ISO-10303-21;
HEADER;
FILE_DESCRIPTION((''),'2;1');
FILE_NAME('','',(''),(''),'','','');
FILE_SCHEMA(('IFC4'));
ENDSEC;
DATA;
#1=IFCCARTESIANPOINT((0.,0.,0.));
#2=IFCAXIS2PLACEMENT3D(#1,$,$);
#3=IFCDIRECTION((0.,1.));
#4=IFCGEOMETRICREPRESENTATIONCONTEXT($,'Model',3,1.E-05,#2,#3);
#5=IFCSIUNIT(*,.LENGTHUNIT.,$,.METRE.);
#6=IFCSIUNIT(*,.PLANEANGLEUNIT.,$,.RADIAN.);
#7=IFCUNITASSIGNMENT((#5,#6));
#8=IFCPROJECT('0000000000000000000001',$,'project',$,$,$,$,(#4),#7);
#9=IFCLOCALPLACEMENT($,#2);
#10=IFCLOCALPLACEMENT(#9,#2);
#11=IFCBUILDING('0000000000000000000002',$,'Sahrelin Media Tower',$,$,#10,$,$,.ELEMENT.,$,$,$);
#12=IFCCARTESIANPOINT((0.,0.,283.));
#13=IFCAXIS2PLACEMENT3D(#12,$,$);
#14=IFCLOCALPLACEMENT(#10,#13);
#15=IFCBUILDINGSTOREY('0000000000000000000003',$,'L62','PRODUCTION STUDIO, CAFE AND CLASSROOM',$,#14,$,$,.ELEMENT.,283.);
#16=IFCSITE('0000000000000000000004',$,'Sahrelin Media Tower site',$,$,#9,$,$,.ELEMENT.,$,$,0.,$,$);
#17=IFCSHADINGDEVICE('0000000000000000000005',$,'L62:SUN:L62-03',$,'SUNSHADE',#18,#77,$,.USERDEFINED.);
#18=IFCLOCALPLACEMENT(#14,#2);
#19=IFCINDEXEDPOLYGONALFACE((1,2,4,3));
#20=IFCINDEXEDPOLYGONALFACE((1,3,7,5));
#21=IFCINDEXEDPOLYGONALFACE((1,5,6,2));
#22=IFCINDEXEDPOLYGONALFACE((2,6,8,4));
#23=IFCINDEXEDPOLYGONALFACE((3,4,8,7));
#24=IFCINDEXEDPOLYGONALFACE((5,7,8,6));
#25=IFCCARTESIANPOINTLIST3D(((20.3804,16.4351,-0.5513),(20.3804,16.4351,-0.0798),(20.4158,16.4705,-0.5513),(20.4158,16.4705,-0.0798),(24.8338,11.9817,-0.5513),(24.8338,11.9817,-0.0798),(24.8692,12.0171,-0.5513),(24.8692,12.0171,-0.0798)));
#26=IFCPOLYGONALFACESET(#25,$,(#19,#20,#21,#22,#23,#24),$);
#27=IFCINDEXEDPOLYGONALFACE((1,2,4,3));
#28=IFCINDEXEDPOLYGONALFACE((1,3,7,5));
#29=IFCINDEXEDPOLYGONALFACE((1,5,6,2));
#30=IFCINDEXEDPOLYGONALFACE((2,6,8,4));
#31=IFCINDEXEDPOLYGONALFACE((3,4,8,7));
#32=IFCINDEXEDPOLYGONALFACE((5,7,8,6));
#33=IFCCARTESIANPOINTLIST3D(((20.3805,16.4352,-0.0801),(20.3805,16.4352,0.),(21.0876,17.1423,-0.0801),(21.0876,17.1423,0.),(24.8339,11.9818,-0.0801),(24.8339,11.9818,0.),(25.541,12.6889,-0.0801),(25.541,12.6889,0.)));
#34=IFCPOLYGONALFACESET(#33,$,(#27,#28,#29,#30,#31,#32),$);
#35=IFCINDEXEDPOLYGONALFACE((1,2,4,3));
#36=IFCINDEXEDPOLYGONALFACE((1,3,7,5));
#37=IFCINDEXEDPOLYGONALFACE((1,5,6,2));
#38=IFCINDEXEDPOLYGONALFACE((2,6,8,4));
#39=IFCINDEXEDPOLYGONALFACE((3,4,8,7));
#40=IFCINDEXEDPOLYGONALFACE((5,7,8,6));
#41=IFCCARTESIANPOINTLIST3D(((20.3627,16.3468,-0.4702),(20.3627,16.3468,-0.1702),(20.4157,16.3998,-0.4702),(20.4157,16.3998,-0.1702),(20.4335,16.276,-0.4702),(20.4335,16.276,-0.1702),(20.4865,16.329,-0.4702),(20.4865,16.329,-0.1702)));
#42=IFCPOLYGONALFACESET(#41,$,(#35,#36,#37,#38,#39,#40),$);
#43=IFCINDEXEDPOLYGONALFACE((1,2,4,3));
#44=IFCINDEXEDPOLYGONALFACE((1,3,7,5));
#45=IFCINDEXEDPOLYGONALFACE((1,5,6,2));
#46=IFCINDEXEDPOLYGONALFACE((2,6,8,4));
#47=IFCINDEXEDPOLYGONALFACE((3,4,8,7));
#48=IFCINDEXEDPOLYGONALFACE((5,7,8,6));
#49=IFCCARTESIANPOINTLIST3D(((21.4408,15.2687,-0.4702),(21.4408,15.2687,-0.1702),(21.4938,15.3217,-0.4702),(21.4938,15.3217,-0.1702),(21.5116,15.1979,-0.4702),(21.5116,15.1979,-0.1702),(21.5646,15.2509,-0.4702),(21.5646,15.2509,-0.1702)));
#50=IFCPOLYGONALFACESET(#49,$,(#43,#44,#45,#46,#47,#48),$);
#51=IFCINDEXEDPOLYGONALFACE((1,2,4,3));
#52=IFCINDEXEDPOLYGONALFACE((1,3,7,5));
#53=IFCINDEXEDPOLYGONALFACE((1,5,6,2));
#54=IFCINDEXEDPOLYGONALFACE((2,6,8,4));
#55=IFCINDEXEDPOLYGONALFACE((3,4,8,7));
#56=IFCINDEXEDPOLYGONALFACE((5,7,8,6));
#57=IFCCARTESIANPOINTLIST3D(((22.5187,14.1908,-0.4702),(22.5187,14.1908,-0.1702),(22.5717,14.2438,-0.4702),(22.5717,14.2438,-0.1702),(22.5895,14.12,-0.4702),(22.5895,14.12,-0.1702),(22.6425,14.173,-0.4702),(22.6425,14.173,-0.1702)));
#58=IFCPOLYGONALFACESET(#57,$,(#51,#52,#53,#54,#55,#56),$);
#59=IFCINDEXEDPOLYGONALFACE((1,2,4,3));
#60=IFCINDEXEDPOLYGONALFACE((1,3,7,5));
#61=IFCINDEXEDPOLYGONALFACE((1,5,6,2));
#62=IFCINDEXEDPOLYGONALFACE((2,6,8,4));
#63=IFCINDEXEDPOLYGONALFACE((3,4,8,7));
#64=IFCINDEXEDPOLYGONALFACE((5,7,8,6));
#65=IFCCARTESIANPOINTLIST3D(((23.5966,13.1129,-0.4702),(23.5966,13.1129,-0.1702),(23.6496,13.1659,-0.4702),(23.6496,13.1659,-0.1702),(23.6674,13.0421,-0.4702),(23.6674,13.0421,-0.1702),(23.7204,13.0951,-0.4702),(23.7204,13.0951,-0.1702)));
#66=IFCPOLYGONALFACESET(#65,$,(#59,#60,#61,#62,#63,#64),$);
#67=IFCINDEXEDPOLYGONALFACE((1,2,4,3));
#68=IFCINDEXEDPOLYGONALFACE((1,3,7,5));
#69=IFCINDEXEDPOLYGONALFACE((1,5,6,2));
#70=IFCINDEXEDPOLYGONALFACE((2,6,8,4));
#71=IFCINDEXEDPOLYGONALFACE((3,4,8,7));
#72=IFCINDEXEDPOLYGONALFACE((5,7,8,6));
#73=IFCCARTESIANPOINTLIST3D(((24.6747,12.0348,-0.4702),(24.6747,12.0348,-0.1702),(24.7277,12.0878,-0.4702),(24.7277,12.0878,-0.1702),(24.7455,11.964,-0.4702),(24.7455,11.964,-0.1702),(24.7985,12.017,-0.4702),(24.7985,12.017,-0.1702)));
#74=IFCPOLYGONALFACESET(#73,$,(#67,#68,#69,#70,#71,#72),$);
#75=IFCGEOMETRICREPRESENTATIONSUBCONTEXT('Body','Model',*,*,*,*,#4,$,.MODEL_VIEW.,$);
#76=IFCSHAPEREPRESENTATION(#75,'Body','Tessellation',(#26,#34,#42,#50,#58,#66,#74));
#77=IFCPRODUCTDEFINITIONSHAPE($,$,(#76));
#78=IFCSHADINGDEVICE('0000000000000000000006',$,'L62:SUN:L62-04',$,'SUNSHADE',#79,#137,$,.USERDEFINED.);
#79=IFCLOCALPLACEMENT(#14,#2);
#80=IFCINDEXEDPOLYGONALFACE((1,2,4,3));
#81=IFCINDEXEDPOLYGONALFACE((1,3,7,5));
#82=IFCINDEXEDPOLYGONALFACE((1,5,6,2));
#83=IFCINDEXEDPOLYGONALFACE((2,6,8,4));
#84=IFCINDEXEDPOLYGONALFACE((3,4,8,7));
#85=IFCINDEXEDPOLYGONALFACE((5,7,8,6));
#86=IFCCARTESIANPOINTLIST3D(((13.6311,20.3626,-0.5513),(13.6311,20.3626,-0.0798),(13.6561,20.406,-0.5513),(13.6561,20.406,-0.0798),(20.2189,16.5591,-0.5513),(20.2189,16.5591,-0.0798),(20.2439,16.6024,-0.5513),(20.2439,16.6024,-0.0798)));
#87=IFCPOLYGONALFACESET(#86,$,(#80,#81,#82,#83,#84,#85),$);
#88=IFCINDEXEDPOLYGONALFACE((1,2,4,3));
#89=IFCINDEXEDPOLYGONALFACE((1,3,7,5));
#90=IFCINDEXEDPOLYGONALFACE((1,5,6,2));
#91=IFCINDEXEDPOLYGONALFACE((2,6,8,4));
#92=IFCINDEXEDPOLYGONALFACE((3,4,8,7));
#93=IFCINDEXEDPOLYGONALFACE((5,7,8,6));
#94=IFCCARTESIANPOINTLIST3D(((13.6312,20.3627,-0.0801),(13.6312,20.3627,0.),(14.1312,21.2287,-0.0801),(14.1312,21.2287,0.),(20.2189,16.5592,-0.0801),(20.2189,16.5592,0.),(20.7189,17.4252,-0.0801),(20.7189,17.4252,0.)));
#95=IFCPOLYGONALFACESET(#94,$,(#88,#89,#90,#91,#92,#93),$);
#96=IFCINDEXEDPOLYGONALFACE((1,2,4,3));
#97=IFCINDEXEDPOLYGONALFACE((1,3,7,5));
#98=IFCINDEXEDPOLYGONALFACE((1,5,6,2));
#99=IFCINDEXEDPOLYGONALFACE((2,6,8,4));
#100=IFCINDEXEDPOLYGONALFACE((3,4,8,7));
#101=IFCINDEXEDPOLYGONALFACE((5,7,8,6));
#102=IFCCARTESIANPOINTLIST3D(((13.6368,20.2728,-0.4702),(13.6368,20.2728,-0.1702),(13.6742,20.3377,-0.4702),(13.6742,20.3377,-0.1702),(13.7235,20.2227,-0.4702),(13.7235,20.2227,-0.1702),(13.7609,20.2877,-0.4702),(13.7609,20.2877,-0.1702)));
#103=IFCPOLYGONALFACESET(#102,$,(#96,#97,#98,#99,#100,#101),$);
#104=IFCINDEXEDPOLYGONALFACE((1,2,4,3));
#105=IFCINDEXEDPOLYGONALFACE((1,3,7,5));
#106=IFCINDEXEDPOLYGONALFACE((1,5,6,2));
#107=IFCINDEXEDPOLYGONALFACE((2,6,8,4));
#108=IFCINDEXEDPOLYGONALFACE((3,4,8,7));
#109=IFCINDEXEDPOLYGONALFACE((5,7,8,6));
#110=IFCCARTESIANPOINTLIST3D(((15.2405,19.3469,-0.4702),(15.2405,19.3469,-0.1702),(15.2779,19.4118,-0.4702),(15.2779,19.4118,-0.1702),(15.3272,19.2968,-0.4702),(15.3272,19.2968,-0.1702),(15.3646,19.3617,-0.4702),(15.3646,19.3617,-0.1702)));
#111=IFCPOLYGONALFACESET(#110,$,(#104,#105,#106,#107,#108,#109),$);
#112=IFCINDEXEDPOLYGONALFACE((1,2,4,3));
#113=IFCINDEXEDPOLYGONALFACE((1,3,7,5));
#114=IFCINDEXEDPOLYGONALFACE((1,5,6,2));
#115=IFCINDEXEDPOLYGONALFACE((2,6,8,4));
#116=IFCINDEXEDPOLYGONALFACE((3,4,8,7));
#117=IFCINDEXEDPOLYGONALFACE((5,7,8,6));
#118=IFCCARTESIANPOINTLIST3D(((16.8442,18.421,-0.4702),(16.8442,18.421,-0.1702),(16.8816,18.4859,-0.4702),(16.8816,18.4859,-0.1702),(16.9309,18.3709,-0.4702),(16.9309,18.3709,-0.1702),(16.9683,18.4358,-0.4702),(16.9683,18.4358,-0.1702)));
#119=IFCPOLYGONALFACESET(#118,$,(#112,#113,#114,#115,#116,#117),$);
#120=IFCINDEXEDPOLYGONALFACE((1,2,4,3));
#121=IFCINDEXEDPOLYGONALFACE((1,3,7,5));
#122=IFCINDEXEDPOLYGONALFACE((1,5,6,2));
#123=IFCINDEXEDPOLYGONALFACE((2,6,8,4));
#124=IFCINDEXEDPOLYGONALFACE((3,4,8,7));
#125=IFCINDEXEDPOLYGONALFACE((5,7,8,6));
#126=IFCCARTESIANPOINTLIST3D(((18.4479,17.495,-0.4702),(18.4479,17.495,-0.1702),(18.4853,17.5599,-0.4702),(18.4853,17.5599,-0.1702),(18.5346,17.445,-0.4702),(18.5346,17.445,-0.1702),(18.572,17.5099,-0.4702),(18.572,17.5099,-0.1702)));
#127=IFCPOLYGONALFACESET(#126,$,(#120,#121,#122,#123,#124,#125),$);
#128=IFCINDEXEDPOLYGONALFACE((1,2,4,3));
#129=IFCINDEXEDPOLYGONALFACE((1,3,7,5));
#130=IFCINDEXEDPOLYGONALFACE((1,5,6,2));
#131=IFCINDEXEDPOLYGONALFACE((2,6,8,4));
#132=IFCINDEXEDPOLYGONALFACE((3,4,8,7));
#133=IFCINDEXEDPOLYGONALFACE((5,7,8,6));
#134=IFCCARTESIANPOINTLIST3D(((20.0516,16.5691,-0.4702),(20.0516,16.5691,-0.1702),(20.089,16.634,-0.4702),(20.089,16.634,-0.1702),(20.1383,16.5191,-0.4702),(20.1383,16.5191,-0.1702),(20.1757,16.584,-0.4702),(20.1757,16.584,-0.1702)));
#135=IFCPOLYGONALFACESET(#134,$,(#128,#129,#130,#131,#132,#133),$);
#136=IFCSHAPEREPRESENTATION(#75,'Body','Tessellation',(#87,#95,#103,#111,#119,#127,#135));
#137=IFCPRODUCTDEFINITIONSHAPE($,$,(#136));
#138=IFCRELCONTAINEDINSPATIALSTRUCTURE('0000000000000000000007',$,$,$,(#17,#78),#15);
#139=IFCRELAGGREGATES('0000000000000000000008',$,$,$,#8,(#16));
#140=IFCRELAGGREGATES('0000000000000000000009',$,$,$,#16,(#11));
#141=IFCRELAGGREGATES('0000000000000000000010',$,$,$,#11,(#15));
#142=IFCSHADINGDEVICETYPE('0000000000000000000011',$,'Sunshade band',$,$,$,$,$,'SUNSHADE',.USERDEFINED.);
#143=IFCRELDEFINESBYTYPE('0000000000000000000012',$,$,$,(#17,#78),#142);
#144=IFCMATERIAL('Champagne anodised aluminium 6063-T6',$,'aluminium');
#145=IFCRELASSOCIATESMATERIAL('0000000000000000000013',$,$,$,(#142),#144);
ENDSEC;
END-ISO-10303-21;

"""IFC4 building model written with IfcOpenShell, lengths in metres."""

from ifc_helpers import new_model, si_unit, direction, frame, origin, origin_2d, place, context, subcontext, project, spatial, rectangle, extrude, material, type_object, element, save


model = new_model("IFC4")

# Units and contexts
model_context = context("Model", 3, precision=1e-05, world=origin(), true_north=direction((0.0, 1.0)))
body_context = subcontext(model_context, "Body", "Model", "MODEL_VIEW")
ifc_project = project(units=[si_unit("LENGTHUNIT", "METRE"), si_unit("PLANEANGLEUNIT", "RADIAN")], contexts=[model_context])

# Site, building, storey
site_placement = place(None, origin())
site = spatial("IfcSite", under=ifc_project, at=site_placement, Name="Sahrelin Media Tower site", CompositionType="ELEMENT", RefElevation=0.0)
building_placement = place(site_placement, origin())
building = spatial("IfcBuilding", under=site, at=building_placement, Name="Sahrelin Media Tower", CompositionType="ELEMENT")
storey_placement = place(building_placement, frame((0.0, 0.0, 283.0)))
storey = spatial("IfcBuildingStorey", under=building, at=storey_placement, Name="L62", Description="PRODUCTION STUDIO, CAFE AND CLASSROOM", CompositionType="ELEMENT", Elevation=283.0)

# Shared definitions
ifc_material_1 = material(Name="Champagne anodised aluminium 6063-T6", Category="aluminium")

# Shading devices
placement_1 = place(storey_placement, frame((22.593, 14.1943, 0.0), z_axis=(0.0, 0.0, 1.0), x_axis=(0.707107, -0.707107, 0.0)))
placement_2 = place(storey_placement, frame((16.915, 18.4436, 0.0), z_axis=(0.0, 0.0, 1.0), x_axis=(0.866019, -0.500011, 0.0)))
shading_device_type_1 = type_object("IfcShadingDeviceType", Name="Sunshade band", ElementType="SUNSHADE", PredefinedType="USERDEFINED", material=ifc_material_1)
element("IfcShadingDevice", 1, at=placement_1, inside=storey, type_object=shading_device_type_1, Name="L62:SUN:L62-03", ObjectType="SUNSHADE", PredefinedType="USERDEFINED", context=body_context, shape_type="SweptSolid", body=[
    extrude(rectangle(XDim=6.2981, YDim=0.05, at=origin_2d()), frame((0.0, 0.0449, -0.5513)), (0.0, 0.0, 1.0), 0.4714),
    extrude(rectangle(XDim=6.2981, YDim=1.0, at=origin_2d()), frame((0.0, 0.52, -0.0801)), (0.0, 0.0, 1.0), 0.0801),
    extrude(rectangle(XDim=0.1001, YDim=0.075, at=origin_2d()), frame((-3.0491, -0.0176, -0.4702)), (0.0, 0.0, 1.0), 0.3),
    extrude(rectangle(XDim=0.1001, YDim=0.075, at=origin_2d()), frame((-1.5244, -0.0176, -0.4702)), (0.0, 0.0, 1.0), 0.3),
    extrude(rectangle(XDim=0.1001, YDim=0.075, at=origin_2d()), frame((0.0, -0.0176, -0.4702)), (0.0, 0.0, 1.0), 0.3),
    extrude(rectangle(XDim=0.1001, YDim=0.075, at=origin_2d()), frame((1.5244, -0.0176, -0.4702)), (0.0, 0.0, 1.0), 0.3),
    extrude(rectangle(XDim=0.1001, YDim=0.075, at=origin_2d()), frame((3.0491, -0.0176, -0.4702)), (0.0, 0.0, 1.0), 0.3),
])
element("IfcShadingDevice", 2, at=placement_2, inside=storey, type_object=shading_device_type_1, Name="L62:SUN:L62-04", ObjectType="SUNSHADE", PredefinedType="USERDEFINED", context=body_context, shape_type="SweptSolid", body=[
    extrude(rectangle(XDim=7.6069, YDim=0.05, at=origin_2d()), frame((0.0, 0.0449, -0.5513)), (0.0, 0.0, 1.0), 0.4714),
    extrude(rectangle(XDim=7.6069, YDim=1.0, at=origin_2d()), frame((0.0, 0.52, -0.0801)), (0.0, 0.0, 1.0), 0.0801),
    extrude(rectangle(XDim=0.1001, YDim=0.075, at=origin_2d()), frame((-3.7036, -0.0176, -0.4702)), (0.0, 0.0, 1.0), 0.3),
    extrude(rectangle(XDim=0.1001, YDim=0.075, at=origin_2d()), frame((-1.8518, -0.0176, -0.4702)), (0.0, 0.0, 1.0), 0.3),
    extrude(rectangle(XDim=0.1001, YDim=0.075, at=origin_2d()), frame((0.0, -0.0176, -0.4702)), (0.0, 0.0, 1.0), 0.3),
    extrude(rectangle(XDim=0.1001, YDim=0.075, at=origin_2d()), frame((1.8518, -0.0176, -0.4702)), (0.0, 0.0, 1.0), 0.3),
    extrude(rectangle(XDim=0.1001, YDim=0.075, at=origin_2d()), frame((3.7036, -0.0176, -0.4702)), (0.0, 0.0, 1.0), 0.3),
])

save(model, "model.ifc")
